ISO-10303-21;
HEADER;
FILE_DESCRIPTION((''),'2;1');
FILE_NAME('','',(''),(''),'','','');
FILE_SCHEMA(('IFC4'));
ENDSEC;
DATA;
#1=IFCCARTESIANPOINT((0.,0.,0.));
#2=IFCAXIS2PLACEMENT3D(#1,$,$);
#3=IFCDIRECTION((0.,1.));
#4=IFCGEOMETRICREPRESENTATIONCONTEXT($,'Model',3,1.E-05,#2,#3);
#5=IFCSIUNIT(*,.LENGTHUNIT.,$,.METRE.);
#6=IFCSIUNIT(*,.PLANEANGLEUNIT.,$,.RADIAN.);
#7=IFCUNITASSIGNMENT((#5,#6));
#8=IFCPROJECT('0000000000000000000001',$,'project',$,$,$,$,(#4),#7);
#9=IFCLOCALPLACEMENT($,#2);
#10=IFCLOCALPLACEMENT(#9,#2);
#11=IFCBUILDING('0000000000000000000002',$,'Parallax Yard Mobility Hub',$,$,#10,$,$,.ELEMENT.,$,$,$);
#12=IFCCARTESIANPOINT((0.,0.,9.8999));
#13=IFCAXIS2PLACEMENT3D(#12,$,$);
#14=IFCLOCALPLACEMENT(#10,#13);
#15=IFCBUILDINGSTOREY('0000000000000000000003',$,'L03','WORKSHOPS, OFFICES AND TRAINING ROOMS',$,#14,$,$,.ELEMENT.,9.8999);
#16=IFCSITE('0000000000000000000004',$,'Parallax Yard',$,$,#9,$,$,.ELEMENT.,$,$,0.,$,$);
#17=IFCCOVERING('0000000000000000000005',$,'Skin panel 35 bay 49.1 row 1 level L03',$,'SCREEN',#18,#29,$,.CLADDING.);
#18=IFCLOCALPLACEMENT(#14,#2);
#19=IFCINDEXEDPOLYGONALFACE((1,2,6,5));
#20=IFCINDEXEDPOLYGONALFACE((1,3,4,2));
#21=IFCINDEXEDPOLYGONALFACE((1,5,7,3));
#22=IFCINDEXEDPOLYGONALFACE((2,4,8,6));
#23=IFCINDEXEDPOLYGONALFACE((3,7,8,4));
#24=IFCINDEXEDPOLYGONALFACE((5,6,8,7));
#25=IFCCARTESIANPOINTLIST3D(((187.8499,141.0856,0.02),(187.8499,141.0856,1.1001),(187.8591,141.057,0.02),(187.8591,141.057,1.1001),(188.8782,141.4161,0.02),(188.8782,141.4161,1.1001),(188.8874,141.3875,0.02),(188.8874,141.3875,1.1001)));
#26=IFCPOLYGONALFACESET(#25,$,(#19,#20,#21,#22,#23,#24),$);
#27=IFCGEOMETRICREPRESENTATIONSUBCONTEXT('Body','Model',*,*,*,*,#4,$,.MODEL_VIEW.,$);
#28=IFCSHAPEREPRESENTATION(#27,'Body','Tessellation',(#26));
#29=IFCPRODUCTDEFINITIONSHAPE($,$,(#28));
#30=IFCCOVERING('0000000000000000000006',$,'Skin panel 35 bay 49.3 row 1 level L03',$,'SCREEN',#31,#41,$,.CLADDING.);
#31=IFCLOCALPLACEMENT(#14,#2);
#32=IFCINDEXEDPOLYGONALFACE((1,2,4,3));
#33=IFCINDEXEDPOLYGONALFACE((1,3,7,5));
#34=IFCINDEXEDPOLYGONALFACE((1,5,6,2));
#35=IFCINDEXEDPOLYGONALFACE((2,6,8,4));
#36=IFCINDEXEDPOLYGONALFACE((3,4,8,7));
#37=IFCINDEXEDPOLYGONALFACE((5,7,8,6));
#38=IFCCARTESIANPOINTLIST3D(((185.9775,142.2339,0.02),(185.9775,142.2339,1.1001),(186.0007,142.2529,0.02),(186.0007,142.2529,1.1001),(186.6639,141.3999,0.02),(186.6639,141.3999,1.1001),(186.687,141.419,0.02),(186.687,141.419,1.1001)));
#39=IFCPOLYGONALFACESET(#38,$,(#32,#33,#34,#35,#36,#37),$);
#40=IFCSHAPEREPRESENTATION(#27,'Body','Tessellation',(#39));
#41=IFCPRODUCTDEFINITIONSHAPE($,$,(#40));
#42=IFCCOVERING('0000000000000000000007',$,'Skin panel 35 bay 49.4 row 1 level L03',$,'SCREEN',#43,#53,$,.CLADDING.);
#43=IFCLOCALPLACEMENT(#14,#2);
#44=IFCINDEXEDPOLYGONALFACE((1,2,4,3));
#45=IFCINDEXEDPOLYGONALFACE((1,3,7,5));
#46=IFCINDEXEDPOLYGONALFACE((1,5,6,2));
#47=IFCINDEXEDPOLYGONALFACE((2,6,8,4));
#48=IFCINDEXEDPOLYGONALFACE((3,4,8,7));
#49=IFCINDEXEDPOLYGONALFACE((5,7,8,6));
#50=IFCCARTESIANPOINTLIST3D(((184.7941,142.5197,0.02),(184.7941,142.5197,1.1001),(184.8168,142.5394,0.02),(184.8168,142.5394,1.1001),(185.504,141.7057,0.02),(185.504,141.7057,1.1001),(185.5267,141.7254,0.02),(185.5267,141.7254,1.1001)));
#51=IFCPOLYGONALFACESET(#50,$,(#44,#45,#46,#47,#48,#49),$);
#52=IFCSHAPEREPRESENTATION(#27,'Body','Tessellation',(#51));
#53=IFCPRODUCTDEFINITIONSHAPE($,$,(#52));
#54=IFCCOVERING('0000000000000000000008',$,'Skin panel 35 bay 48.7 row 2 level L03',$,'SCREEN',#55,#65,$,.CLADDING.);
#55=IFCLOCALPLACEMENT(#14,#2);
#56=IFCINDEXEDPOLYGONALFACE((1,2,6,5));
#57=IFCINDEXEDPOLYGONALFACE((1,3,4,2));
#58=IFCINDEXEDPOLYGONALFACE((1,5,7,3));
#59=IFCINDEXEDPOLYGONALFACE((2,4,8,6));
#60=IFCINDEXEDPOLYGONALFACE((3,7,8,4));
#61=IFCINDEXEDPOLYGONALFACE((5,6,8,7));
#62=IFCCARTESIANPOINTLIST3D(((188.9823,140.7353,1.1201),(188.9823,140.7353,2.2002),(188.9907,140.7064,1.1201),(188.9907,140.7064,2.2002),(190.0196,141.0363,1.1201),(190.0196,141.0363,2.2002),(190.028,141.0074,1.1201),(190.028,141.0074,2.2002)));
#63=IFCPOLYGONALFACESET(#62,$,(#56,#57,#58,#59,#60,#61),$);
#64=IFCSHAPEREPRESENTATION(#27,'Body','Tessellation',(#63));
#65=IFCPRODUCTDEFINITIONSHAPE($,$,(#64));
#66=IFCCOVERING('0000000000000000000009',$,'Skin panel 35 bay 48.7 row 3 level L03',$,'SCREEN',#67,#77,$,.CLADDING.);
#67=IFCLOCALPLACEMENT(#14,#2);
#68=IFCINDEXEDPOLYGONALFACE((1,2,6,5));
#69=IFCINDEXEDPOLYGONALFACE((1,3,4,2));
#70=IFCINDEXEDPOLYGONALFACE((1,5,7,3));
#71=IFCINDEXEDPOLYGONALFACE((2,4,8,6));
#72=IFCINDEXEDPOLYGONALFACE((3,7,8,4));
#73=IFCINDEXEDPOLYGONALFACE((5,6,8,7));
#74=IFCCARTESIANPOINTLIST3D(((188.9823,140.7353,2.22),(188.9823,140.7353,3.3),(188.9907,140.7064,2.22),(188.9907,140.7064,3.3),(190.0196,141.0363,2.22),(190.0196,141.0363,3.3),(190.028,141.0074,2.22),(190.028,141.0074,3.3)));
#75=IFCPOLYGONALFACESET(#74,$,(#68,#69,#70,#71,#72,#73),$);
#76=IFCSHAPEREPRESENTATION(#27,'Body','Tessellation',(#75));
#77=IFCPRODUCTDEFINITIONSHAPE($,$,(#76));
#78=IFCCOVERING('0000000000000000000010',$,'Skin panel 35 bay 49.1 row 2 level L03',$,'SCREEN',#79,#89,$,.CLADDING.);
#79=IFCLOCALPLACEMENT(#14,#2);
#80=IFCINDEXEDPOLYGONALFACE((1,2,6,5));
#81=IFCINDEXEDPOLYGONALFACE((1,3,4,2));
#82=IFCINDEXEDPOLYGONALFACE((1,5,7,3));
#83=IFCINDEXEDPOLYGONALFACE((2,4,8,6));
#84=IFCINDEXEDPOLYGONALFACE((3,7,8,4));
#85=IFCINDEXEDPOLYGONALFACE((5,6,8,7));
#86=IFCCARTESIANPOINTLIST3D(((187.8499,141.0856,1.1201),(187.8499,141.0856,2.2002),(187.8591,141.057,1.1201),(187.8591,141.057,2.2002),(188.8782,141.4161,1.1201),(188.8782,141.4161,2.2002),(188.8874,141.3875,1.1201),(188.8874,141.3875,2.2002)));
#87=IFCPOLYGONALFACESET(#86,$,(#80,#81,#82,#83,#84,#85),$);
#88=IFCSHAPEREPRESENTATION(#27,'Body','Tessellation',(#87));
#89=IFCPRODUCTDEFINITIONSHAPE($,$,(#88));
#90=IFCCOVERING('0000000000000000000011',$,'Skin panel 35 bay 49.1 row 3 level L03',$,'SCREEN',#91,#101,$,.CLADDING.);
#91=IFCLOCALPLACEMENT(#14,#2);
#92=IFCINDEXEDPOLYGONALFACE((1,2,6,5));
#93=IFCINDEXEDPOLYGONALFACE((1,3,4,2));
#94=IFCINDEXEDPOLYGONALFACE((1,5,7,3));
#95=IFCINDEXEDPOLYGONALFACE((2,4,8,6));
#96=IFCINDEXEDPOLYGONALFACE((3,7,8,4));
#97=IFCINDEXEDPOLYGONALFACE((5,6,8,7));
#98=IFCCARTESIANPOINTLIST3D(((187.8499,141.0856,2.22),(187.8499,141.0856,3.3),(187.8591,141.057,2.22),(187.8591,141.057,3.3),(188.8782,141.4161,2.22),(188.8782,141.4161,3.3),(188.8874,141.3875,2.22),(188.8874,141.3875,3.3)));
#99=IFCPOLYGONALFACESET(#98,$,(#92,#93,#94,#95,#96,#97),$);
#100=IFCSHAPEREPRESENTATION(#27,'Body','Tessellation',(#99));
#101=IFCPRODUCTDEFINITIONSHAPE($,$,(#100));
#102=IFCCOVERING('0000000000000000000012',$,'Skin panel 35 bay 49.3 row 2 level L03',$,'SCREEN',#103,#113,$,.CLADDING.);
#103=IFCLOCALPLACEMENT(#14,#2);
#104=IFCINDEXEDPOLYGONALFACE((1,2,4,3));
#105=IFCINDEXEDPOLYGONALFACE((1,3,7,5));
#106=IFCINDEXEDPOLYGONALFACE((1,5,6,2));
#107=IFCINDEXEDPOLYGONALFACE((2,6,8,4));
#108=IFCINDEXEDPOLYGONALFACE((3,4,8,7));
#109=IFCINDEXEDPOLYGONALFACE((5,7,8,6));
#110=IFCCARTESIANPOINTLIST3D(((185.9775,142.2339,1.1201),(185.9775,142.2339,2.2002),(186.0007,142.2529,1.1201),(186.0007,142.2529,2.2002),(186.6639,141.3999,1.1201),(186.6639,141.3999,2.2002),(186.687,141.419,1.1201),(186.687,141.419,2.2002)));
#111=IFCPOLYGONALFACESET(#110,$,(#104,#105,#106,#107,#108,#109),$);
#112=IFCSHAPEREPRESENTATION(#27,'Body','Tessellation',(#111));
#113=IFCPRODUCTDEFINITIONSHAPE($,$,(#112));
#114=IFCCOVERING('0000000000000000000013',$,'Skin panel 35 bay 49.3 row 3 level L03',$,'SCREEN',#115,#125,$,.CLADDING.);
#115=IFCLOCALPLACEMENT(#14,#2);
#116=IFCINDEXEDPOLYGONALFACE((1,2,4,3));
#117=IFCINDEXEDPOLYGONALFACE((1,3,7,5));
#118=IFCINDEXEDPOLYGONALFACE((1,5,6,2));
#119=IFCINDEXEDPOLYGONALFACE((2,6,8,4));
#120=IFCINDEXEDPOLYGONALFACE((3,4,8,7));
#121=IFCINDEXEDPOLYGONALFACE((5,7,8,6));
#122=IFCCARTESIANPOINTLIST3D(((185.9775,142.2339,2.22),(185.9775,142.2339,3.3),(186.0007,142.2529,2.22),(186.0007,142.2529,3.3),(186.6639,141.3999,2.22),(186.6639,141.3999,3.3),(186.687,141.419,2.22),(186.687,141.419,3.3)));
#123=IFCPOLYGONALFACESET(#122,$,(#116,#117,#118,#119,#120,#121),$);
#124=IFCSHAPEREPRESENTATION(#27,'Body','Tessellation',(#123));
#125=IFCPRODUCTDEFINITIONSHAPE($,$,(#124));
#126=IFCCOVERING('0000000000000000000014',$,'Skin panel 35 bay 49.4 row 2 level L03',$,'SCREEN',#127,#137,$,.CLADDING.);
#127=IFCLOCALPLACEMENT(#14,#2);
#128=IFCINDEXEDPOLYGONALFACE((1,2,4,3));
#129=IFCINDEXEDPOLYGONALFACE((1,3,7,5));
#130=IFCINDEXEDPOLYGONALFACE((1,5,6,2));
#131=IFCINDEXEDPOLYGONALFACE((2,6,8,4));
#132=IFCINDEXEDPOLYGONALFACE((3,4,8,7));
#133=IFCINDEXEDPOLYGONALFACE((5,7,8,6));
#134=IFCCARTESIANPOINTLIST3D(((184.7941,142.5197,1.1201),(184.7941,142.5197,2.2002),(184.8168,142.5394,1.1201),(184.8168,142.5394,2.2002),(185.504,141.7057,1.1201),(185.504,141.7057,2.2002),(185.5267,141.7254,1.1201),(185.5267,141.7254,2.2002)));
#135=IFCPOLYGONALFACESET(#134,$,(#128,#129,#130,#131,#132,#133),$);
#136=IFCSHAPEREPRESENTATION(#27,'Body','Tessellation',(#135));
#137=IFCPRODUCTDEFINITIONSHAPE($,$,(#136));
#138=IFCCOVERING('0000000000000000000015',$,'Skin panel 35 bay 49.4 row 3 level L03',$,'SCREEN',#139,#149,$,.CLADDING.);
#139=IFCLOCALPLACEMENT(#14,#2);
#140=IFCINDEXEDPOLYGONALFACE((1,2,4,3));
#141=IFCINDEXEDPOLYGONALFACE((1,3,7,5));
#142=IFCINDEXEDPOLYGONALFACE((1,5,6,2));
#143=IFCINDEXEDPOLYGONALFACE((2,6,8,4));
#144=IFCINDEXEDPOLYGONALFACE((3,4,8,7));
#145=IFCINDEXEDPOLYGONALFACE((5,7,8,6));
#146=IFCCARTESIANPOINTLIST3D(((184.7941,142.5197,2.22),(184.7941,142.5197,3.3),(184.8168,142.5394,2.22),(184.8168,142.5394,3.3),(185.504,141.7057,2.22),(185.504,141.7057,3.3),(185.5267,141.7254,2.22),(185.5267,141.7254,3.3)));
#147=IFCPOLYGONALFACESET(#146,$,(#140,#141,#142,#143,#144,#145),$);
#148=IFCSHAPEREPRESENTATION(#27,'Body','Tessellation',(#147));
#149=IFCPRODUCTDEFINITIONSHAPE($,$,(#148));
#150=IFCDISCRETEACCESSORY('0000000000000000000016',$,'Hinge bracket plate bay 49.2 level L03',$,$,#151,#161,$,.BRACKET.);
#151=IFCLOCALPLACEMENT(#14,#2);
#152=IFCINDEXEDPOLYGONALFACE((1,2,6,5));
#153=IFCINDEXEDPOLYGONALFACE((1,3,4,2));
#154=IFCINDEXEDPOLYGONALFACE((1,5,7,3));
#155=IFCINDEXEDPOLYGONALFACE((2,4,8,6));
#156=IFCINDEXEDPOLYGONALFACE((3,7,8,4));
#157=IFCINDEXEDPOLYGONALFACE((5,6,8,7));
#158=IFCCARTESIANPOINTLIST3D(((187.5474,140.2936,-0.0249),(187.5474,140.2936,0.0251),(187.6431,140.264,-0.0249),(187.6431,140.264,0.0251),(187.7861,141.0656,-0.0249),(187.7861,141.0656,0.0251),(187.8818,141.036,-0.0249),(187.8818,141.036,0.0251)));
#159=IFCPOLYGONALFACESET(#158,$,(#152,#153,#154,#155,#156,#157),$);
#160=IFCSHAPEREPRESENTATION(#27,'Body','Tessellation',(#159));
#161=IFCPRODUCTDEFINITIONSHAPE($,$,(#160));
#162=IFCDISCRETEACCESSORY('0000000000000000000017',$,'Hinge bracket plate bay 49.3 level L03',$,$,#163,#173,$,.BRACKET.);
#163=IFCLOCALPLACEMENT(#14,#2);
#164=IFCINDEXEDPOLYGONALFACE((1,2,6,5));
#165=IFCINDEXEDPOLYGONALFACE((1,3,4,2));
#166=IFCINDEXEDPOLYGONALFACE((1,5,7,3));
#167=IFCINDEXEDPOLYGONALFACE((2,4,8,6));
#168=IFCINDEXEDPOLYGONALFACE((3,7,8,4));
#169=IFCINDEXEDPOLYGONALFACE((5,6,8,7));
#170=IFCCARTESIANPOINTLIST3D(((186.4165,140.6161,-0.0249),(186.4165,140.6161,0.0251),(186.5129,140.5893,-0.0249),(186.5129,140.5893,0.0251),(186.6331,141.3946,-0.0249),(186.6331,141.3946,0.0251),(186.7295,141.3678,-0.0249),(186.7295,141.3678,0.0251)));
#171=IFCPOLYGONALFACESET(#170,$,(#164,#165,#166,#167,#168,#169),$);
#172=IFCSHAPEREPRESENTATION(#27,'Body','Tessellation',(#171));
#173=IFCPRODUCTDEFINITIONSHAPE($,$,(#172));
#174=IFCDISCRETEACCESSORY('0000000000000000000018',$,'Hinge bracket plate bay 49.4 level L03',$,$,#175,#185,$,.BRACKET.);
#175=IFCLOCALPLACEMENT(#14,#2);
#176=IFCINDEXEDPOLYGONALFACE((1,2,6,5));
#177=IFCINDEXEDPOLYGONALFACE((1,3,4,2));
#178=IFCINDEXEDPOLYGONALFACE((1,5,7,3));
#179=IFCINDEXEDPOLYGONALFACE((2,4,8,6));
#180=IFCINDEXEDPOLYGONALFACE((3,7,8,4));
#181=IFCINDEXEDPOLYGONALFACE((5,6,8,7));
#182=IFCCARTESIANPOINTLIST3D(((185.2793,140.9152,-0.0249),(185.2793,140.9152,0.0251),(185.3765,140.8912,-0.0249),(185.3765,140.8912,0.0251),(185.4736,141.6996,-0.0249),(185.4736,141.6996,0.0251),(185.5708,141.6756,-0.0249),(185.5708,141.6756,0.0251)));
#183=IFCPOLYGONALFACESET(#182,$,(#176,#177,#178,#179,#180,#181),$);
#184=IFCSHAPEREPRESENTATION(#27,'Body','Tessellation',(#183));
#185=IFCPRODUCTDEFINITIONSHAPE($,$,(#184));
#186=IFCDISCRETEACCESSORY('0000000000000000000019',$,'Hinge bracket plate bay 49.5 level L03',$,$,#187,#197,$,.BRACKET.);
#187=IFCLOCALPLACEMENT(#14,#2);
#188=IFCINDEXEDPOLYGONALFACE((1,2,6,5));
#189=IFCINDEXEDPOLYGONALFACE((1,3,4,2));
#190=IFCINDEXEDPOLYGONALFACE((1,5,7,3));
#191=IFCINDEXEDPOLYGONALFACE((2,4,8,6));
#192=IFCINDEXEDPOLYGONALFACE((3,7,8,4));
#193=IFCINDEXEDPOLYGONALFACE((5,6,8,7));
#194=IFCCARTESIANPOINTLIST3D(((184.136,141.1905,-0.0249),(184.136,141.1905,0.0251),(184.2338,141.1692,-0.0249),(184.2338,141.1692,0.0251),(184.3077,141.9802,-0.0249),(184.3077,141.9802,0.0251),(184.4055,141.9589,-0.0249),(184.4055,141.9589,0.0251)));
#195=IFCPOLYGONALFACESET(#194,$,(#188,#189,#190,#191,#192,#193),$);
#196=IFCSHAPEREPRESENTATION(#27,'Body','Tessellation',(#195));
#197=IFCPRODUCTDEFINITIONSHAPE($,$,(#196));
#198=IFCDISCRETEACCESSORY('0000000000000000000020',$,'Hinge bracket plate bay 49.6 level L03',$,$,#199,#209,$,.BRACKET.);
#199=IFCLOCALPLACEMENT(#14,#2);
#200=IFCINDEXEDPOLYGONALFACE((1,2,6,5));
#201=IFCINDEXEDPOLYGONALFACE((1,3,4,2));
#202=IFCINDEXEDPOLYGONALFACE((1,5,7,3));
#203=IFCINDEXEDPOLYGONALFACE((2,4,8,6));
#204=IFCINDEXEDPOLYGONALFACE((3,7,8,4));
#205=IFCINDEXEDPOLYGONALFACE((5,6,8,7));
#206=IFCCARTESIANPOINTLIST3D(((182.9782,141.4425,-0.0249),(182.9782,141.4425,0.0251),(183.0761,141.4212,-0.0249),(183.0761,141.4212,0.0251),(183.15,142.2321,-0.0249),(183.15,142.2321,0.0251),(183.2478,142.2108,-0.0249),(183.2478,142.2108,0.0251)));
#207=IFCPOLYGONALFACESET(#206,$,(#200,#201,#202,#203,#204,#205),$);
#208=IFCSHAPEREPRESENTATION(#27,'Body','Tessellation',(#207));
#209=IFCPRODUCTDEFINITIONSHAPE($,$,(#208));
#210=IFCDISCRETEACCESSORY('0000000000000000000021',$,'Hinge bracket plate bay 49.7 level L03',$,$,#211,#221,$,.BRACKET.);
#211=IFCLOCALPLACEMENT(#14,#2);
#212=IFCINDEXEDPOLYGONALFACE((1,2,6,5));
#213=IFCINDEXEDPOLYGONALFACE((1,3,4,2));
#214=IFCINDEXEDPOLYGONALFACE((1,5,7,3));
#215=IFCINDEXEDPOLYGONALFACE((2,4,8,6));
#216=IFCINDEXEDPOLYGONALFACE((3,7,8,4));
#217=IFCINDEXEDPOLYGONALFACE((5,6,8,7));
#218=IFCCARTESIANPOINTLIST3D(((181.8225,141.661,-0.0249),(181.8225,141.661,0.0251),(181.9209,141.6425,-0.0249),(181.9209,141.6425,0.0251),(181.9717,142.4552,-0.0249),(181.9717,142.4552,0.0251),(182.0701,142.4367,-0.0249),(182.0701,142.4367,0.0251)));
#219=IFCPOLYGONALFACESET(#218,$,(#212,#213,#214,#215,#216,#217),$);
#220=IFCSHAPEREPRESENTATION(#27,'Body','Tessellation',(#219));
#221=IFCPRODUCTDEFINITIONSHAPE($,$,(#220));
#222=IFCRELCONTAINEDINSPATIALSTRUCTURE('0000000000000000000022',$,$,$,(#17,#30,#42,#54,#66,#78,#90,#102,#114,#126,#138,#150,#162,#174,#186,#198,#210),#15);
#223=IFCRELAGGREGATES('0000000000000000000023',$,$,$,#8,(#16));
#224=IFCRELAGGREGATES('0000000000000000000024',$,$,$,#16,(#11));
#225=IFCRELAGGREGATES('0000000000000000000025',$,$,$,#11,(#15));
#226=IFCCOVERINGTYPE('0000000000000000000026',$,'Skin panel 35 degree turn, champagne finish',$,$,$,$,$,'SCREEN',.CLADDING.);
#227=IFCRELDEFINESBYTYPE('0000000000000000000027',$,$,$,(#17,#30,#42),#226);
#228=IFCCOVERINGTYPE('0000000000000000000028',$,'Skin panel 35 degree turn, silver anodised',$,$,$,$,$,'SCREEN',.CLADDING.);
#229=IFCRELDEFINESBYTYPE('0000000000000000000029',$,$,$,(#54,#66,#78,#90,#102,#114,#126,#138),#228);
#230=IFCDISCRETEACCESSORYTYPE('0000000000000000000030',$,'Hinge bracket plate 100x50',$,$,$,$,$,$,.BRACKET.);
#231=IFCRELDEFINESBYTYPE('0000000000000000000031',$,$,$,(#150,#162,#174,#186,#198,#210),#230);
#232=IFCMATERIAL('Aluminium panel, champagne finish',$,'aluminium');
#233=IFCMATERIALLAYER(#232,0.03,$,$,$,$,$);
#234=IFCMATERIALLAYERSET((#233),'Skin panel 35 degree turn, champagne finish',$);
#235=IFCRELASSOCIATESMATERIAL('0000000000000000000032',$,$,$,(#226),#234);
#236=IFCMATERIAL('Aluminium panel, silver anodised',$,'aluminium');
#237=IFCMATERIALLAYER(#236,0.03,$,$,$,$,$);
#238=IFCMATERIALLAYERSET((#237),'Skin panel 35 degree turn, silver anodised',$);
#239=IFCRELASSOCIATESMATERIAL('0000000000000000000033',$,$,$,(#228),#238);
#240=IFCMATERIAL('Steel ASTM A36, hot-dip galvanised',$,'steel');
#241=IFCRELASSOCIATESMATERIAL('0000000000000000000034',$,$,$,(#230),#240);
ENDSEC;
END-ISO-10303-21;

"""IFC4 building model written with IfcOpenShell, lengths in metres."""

from ifc_helpers import new_model, si_unit, direction, frame, origin, origin_2d, place, context, subcontext, project, spatial, rectangle, extrude, material, layer, layer_set, type_object, element, save


model = new_model("IFC4")

# Units and contexts
model_context = context("Model", 3, precision=1e-05, world=origin(), true_north=direction((0.0, 1.0)))
body_context = subcontext(model_context, "Body", "Model", "MODEL_VIEW")
ifc_project = project(units=[si_unit("LENGTHUNIT", "METRE"), si_unit("PLANEANGLEUNIT", "RADIAN")], contexts=[model_context])

# Site, building, storey
site_placement = place(None, origin())
site = spatial("IfcSite", under=ifc_project, at=site_placement, Name="Parallax Yard", CompositionType="ELEMENT", RefElevation=0.0)
building_placement = place(site_placement, origin())
building = spatial("IfcBuilding", under=site, at=building_placement, Name="Parallax Yard Mobility Hub", CompositionType="ELEMENT")
storey_placement = place(building_placement, frame((0.0, 0.0, 9.8999)))
storey = spatial("IfcBuildingStorey", under=building, at=storey_placement, Name="L03", Description="WORKSHOPS, OFFICES AND TRAINING ROOMS", CompositionType="ELEMENT", Elevation=9.8999)

# Coverings
ifc_material_1 = material(Name="Aluminium panel, champagne finish", Category="aluminium")
ifc_material_2 = material(Name="Aluminium panel, silver anodised", Category="aluminium")
ifc_layer_1 = layer(ifc_material_1, 0.03)
ifc_layer_set_1 = layer_set([ifc_layer_1], Name="Skin panel 35 degree turn, champagne finish")
covering_type_1 = type_object("IfcCoveringType", Name="Skin panel 35 degree turn, champagne finish", ElementType="SCREEN", PredefinedType="CLADDING", material=ifc_layer_set_1)
for number, where, z_axis, x_axis, name in (
    (1, (188.3687, 141.2366, 0.02), (0.0, 0.0, 1.0), (0.952032, 0.305998, 0.0), "Skin panel 35 bay 49.1 row 1 level L03"),
    (2, (186.3323, 141.8264, 0.02), (0.0, 0.0, 1.0), (-0.635465, 0.772129, 0.0), "Skin panel 35 bay 49.3 row 1 level L03"),
    (3, (185.1604, 142.1226, 0.02), (0.0, 0.0, 1.0), (-0.657256, 0.753668, 0.0), "Skin panel 35 bay 49.4 row 1 level L03"),
):
    element("IfcCovering", number, at=place(storey_placement, frame(where, z_axis=z_axis, x_axis=x_axis)), inside=storey, type_object=covering_type_1, Name=name, ObjectType="SCREEN", PredefinedType="CLADDING", context=body_context, shape_type="SweptSolid", body=[
        extrude(rectangle(XDim=1.0801, YDim=0.03, at=origin_2d()), origin(), (0.0, 0.0, 1.0), 1.0801),
    ])
ifc_layer_2 = layer(ifc_material_2, 0.03)
ifc_layer_set_2 = layer_set([ifc_layer_2], Name="Skin panel 35 degree turn, silver anodised")
covering_type_2 = type_object("IfcCoveringType", Name="Skin panel 35 degree turn, silver anodised", ElementType="SCREEN", PredefinedType="CLADDING", material=ifc_layer_set_2)
for number, where, z_axis, x_axis, name in (
    (4, (189.5051, 140.8713, 1.1201), (0.0, 0.0, 1.0), (0.960382, 0.278686, 0.0), "Skin panel 35 bay 48.7 row 2 level L03"),
    (5, (189.5051, 140.8713, 2.22), (0.0, 0.0, 1.0), (0.960382, 0.278686, 0.0), "Skin panel 35 bay 48.7 row 3 level L03"),
    (6, (188.3687, 141.2366, 1.1201), (0.0, 0.0, 1.0), (0.952032, 0.305998, 0.0), "Skin panel 35 bay 49.1 row 2 level L03"),
    (7, (188.3687, 141.2366, 2.22), (0.0, 0.0, 1.0), (0.952032, 0.305998, 0.0), "Skin panel 35 bay 49.1 row 3 level L03"),
    (8, (186.3323, 141.8264, 1.1201), (0.0, 0.0, 1.0), (-0.635465, 0.772129, 0.0), "Skin panel 35 bay 49.3 row 2 level L03"),
    (9, (186.3323, 141.8264, 2.22), (0.0, 0.0, 1.0), (-0.635465, 0.772129, 0.0), "Skin panel 35 bay 49.3 row 3 level L03"),
    (10, (185.1604, 142.1226, 1.1201), (0.0, 0.0, 1.0), (-0.657256, 0.753668, 0.0), "Skin panel 35 bay 49.4 row 2 level L03"),
    (11, (185.1604, 142.1226, 2.22), (0.0, 0.0, 1.0), (-0.657256, 0.753668, 0.0), "Skin panel 35 bay 49.4 row 3 level L03"),
):
    element("IfcCovering", number, at=place(storey_placement, frame(where, z_axis=z_axis, x_axis=x_axis)), inside=storey, type_object=covering_type_2, Name=name, ObjectType="SCREEN", PredefinedType="CLADDING", context=body_context, shape_type="SweptSolid", body=[
        extrude(rectangle(XDim=1.0801, YDim=0.03, at=origin_2d()), origin(), (0.0, 0.0, 1.0), 1.0801),
    ])

# Discrete accessories
ifc_material_3 = material(Name="Steel ASTM A36, hot-dip galvanised", Category="steel")
discrete_accessory_type_1 = type_object("IfcDiscreteAccessoryType", Name="Hinge bracket plate 100x50", PredefinedType="BRACKET", material=ifc_material_3)
for number, where, z_axis, x_axis, name in (
    (12, (187.7146, 140.6648, -0.0249), (0.0, 0.0, 1.0), (0.295405, 0.955372, 0.0), "Hinge bracket plate bay 49.2 level L03"),
    (13, (186.573, 140.9919, -0.0249), (0.0, 0.0, 1.0), (0.268004, 0.963418, 0.0), "Hinge bracket plate bay 49.3 level L03"),
    (14, (185.425, 141.2954, -0.0249), (0.0, 0.0, 1.0), (0.240382, 0.970678, 0.0), "Hinge bracket plate bay 49.4 level L03"),
    (15, (184.2708, 141.5747, -0.0249), (0.0, 0.0, 1.0), (0.212565, 0.977147, 0.0), "Hinge bracket plate bay 49.5 level L03"),
    (16, (183.113, 141.8267, -0.0249), (0.0, 0.0, 1.0), (0.212565, 0.977147, 0.0), "Hinge bracket plate bay 49.6 level L03"),
    (17, (181.9463, 142.0488, -0.0249), (0.0, 0.0, 1.0), (0.184576, 0.982818, 0.0), "Hinge bracket plate bay 49.7 level L03"),
):
    element("IfcDiscreteAccessory", number, at=place(storey_placement, frame(where, z_axis=z_axis, x_axis=x_axis)), inside=storey, type_object=discrete_accessory_type_1, Name=name, PredefinedType="BRACKET", context=body_context, shape_type="SweptSolid", body=[
        extrude(rectangle(XDim=0.8081, YDim=0.1001, at=origin_2d()), origin(), (0.0, 0.0, 1.0), 0.05),
    ])

save(model, "model.ifc")
